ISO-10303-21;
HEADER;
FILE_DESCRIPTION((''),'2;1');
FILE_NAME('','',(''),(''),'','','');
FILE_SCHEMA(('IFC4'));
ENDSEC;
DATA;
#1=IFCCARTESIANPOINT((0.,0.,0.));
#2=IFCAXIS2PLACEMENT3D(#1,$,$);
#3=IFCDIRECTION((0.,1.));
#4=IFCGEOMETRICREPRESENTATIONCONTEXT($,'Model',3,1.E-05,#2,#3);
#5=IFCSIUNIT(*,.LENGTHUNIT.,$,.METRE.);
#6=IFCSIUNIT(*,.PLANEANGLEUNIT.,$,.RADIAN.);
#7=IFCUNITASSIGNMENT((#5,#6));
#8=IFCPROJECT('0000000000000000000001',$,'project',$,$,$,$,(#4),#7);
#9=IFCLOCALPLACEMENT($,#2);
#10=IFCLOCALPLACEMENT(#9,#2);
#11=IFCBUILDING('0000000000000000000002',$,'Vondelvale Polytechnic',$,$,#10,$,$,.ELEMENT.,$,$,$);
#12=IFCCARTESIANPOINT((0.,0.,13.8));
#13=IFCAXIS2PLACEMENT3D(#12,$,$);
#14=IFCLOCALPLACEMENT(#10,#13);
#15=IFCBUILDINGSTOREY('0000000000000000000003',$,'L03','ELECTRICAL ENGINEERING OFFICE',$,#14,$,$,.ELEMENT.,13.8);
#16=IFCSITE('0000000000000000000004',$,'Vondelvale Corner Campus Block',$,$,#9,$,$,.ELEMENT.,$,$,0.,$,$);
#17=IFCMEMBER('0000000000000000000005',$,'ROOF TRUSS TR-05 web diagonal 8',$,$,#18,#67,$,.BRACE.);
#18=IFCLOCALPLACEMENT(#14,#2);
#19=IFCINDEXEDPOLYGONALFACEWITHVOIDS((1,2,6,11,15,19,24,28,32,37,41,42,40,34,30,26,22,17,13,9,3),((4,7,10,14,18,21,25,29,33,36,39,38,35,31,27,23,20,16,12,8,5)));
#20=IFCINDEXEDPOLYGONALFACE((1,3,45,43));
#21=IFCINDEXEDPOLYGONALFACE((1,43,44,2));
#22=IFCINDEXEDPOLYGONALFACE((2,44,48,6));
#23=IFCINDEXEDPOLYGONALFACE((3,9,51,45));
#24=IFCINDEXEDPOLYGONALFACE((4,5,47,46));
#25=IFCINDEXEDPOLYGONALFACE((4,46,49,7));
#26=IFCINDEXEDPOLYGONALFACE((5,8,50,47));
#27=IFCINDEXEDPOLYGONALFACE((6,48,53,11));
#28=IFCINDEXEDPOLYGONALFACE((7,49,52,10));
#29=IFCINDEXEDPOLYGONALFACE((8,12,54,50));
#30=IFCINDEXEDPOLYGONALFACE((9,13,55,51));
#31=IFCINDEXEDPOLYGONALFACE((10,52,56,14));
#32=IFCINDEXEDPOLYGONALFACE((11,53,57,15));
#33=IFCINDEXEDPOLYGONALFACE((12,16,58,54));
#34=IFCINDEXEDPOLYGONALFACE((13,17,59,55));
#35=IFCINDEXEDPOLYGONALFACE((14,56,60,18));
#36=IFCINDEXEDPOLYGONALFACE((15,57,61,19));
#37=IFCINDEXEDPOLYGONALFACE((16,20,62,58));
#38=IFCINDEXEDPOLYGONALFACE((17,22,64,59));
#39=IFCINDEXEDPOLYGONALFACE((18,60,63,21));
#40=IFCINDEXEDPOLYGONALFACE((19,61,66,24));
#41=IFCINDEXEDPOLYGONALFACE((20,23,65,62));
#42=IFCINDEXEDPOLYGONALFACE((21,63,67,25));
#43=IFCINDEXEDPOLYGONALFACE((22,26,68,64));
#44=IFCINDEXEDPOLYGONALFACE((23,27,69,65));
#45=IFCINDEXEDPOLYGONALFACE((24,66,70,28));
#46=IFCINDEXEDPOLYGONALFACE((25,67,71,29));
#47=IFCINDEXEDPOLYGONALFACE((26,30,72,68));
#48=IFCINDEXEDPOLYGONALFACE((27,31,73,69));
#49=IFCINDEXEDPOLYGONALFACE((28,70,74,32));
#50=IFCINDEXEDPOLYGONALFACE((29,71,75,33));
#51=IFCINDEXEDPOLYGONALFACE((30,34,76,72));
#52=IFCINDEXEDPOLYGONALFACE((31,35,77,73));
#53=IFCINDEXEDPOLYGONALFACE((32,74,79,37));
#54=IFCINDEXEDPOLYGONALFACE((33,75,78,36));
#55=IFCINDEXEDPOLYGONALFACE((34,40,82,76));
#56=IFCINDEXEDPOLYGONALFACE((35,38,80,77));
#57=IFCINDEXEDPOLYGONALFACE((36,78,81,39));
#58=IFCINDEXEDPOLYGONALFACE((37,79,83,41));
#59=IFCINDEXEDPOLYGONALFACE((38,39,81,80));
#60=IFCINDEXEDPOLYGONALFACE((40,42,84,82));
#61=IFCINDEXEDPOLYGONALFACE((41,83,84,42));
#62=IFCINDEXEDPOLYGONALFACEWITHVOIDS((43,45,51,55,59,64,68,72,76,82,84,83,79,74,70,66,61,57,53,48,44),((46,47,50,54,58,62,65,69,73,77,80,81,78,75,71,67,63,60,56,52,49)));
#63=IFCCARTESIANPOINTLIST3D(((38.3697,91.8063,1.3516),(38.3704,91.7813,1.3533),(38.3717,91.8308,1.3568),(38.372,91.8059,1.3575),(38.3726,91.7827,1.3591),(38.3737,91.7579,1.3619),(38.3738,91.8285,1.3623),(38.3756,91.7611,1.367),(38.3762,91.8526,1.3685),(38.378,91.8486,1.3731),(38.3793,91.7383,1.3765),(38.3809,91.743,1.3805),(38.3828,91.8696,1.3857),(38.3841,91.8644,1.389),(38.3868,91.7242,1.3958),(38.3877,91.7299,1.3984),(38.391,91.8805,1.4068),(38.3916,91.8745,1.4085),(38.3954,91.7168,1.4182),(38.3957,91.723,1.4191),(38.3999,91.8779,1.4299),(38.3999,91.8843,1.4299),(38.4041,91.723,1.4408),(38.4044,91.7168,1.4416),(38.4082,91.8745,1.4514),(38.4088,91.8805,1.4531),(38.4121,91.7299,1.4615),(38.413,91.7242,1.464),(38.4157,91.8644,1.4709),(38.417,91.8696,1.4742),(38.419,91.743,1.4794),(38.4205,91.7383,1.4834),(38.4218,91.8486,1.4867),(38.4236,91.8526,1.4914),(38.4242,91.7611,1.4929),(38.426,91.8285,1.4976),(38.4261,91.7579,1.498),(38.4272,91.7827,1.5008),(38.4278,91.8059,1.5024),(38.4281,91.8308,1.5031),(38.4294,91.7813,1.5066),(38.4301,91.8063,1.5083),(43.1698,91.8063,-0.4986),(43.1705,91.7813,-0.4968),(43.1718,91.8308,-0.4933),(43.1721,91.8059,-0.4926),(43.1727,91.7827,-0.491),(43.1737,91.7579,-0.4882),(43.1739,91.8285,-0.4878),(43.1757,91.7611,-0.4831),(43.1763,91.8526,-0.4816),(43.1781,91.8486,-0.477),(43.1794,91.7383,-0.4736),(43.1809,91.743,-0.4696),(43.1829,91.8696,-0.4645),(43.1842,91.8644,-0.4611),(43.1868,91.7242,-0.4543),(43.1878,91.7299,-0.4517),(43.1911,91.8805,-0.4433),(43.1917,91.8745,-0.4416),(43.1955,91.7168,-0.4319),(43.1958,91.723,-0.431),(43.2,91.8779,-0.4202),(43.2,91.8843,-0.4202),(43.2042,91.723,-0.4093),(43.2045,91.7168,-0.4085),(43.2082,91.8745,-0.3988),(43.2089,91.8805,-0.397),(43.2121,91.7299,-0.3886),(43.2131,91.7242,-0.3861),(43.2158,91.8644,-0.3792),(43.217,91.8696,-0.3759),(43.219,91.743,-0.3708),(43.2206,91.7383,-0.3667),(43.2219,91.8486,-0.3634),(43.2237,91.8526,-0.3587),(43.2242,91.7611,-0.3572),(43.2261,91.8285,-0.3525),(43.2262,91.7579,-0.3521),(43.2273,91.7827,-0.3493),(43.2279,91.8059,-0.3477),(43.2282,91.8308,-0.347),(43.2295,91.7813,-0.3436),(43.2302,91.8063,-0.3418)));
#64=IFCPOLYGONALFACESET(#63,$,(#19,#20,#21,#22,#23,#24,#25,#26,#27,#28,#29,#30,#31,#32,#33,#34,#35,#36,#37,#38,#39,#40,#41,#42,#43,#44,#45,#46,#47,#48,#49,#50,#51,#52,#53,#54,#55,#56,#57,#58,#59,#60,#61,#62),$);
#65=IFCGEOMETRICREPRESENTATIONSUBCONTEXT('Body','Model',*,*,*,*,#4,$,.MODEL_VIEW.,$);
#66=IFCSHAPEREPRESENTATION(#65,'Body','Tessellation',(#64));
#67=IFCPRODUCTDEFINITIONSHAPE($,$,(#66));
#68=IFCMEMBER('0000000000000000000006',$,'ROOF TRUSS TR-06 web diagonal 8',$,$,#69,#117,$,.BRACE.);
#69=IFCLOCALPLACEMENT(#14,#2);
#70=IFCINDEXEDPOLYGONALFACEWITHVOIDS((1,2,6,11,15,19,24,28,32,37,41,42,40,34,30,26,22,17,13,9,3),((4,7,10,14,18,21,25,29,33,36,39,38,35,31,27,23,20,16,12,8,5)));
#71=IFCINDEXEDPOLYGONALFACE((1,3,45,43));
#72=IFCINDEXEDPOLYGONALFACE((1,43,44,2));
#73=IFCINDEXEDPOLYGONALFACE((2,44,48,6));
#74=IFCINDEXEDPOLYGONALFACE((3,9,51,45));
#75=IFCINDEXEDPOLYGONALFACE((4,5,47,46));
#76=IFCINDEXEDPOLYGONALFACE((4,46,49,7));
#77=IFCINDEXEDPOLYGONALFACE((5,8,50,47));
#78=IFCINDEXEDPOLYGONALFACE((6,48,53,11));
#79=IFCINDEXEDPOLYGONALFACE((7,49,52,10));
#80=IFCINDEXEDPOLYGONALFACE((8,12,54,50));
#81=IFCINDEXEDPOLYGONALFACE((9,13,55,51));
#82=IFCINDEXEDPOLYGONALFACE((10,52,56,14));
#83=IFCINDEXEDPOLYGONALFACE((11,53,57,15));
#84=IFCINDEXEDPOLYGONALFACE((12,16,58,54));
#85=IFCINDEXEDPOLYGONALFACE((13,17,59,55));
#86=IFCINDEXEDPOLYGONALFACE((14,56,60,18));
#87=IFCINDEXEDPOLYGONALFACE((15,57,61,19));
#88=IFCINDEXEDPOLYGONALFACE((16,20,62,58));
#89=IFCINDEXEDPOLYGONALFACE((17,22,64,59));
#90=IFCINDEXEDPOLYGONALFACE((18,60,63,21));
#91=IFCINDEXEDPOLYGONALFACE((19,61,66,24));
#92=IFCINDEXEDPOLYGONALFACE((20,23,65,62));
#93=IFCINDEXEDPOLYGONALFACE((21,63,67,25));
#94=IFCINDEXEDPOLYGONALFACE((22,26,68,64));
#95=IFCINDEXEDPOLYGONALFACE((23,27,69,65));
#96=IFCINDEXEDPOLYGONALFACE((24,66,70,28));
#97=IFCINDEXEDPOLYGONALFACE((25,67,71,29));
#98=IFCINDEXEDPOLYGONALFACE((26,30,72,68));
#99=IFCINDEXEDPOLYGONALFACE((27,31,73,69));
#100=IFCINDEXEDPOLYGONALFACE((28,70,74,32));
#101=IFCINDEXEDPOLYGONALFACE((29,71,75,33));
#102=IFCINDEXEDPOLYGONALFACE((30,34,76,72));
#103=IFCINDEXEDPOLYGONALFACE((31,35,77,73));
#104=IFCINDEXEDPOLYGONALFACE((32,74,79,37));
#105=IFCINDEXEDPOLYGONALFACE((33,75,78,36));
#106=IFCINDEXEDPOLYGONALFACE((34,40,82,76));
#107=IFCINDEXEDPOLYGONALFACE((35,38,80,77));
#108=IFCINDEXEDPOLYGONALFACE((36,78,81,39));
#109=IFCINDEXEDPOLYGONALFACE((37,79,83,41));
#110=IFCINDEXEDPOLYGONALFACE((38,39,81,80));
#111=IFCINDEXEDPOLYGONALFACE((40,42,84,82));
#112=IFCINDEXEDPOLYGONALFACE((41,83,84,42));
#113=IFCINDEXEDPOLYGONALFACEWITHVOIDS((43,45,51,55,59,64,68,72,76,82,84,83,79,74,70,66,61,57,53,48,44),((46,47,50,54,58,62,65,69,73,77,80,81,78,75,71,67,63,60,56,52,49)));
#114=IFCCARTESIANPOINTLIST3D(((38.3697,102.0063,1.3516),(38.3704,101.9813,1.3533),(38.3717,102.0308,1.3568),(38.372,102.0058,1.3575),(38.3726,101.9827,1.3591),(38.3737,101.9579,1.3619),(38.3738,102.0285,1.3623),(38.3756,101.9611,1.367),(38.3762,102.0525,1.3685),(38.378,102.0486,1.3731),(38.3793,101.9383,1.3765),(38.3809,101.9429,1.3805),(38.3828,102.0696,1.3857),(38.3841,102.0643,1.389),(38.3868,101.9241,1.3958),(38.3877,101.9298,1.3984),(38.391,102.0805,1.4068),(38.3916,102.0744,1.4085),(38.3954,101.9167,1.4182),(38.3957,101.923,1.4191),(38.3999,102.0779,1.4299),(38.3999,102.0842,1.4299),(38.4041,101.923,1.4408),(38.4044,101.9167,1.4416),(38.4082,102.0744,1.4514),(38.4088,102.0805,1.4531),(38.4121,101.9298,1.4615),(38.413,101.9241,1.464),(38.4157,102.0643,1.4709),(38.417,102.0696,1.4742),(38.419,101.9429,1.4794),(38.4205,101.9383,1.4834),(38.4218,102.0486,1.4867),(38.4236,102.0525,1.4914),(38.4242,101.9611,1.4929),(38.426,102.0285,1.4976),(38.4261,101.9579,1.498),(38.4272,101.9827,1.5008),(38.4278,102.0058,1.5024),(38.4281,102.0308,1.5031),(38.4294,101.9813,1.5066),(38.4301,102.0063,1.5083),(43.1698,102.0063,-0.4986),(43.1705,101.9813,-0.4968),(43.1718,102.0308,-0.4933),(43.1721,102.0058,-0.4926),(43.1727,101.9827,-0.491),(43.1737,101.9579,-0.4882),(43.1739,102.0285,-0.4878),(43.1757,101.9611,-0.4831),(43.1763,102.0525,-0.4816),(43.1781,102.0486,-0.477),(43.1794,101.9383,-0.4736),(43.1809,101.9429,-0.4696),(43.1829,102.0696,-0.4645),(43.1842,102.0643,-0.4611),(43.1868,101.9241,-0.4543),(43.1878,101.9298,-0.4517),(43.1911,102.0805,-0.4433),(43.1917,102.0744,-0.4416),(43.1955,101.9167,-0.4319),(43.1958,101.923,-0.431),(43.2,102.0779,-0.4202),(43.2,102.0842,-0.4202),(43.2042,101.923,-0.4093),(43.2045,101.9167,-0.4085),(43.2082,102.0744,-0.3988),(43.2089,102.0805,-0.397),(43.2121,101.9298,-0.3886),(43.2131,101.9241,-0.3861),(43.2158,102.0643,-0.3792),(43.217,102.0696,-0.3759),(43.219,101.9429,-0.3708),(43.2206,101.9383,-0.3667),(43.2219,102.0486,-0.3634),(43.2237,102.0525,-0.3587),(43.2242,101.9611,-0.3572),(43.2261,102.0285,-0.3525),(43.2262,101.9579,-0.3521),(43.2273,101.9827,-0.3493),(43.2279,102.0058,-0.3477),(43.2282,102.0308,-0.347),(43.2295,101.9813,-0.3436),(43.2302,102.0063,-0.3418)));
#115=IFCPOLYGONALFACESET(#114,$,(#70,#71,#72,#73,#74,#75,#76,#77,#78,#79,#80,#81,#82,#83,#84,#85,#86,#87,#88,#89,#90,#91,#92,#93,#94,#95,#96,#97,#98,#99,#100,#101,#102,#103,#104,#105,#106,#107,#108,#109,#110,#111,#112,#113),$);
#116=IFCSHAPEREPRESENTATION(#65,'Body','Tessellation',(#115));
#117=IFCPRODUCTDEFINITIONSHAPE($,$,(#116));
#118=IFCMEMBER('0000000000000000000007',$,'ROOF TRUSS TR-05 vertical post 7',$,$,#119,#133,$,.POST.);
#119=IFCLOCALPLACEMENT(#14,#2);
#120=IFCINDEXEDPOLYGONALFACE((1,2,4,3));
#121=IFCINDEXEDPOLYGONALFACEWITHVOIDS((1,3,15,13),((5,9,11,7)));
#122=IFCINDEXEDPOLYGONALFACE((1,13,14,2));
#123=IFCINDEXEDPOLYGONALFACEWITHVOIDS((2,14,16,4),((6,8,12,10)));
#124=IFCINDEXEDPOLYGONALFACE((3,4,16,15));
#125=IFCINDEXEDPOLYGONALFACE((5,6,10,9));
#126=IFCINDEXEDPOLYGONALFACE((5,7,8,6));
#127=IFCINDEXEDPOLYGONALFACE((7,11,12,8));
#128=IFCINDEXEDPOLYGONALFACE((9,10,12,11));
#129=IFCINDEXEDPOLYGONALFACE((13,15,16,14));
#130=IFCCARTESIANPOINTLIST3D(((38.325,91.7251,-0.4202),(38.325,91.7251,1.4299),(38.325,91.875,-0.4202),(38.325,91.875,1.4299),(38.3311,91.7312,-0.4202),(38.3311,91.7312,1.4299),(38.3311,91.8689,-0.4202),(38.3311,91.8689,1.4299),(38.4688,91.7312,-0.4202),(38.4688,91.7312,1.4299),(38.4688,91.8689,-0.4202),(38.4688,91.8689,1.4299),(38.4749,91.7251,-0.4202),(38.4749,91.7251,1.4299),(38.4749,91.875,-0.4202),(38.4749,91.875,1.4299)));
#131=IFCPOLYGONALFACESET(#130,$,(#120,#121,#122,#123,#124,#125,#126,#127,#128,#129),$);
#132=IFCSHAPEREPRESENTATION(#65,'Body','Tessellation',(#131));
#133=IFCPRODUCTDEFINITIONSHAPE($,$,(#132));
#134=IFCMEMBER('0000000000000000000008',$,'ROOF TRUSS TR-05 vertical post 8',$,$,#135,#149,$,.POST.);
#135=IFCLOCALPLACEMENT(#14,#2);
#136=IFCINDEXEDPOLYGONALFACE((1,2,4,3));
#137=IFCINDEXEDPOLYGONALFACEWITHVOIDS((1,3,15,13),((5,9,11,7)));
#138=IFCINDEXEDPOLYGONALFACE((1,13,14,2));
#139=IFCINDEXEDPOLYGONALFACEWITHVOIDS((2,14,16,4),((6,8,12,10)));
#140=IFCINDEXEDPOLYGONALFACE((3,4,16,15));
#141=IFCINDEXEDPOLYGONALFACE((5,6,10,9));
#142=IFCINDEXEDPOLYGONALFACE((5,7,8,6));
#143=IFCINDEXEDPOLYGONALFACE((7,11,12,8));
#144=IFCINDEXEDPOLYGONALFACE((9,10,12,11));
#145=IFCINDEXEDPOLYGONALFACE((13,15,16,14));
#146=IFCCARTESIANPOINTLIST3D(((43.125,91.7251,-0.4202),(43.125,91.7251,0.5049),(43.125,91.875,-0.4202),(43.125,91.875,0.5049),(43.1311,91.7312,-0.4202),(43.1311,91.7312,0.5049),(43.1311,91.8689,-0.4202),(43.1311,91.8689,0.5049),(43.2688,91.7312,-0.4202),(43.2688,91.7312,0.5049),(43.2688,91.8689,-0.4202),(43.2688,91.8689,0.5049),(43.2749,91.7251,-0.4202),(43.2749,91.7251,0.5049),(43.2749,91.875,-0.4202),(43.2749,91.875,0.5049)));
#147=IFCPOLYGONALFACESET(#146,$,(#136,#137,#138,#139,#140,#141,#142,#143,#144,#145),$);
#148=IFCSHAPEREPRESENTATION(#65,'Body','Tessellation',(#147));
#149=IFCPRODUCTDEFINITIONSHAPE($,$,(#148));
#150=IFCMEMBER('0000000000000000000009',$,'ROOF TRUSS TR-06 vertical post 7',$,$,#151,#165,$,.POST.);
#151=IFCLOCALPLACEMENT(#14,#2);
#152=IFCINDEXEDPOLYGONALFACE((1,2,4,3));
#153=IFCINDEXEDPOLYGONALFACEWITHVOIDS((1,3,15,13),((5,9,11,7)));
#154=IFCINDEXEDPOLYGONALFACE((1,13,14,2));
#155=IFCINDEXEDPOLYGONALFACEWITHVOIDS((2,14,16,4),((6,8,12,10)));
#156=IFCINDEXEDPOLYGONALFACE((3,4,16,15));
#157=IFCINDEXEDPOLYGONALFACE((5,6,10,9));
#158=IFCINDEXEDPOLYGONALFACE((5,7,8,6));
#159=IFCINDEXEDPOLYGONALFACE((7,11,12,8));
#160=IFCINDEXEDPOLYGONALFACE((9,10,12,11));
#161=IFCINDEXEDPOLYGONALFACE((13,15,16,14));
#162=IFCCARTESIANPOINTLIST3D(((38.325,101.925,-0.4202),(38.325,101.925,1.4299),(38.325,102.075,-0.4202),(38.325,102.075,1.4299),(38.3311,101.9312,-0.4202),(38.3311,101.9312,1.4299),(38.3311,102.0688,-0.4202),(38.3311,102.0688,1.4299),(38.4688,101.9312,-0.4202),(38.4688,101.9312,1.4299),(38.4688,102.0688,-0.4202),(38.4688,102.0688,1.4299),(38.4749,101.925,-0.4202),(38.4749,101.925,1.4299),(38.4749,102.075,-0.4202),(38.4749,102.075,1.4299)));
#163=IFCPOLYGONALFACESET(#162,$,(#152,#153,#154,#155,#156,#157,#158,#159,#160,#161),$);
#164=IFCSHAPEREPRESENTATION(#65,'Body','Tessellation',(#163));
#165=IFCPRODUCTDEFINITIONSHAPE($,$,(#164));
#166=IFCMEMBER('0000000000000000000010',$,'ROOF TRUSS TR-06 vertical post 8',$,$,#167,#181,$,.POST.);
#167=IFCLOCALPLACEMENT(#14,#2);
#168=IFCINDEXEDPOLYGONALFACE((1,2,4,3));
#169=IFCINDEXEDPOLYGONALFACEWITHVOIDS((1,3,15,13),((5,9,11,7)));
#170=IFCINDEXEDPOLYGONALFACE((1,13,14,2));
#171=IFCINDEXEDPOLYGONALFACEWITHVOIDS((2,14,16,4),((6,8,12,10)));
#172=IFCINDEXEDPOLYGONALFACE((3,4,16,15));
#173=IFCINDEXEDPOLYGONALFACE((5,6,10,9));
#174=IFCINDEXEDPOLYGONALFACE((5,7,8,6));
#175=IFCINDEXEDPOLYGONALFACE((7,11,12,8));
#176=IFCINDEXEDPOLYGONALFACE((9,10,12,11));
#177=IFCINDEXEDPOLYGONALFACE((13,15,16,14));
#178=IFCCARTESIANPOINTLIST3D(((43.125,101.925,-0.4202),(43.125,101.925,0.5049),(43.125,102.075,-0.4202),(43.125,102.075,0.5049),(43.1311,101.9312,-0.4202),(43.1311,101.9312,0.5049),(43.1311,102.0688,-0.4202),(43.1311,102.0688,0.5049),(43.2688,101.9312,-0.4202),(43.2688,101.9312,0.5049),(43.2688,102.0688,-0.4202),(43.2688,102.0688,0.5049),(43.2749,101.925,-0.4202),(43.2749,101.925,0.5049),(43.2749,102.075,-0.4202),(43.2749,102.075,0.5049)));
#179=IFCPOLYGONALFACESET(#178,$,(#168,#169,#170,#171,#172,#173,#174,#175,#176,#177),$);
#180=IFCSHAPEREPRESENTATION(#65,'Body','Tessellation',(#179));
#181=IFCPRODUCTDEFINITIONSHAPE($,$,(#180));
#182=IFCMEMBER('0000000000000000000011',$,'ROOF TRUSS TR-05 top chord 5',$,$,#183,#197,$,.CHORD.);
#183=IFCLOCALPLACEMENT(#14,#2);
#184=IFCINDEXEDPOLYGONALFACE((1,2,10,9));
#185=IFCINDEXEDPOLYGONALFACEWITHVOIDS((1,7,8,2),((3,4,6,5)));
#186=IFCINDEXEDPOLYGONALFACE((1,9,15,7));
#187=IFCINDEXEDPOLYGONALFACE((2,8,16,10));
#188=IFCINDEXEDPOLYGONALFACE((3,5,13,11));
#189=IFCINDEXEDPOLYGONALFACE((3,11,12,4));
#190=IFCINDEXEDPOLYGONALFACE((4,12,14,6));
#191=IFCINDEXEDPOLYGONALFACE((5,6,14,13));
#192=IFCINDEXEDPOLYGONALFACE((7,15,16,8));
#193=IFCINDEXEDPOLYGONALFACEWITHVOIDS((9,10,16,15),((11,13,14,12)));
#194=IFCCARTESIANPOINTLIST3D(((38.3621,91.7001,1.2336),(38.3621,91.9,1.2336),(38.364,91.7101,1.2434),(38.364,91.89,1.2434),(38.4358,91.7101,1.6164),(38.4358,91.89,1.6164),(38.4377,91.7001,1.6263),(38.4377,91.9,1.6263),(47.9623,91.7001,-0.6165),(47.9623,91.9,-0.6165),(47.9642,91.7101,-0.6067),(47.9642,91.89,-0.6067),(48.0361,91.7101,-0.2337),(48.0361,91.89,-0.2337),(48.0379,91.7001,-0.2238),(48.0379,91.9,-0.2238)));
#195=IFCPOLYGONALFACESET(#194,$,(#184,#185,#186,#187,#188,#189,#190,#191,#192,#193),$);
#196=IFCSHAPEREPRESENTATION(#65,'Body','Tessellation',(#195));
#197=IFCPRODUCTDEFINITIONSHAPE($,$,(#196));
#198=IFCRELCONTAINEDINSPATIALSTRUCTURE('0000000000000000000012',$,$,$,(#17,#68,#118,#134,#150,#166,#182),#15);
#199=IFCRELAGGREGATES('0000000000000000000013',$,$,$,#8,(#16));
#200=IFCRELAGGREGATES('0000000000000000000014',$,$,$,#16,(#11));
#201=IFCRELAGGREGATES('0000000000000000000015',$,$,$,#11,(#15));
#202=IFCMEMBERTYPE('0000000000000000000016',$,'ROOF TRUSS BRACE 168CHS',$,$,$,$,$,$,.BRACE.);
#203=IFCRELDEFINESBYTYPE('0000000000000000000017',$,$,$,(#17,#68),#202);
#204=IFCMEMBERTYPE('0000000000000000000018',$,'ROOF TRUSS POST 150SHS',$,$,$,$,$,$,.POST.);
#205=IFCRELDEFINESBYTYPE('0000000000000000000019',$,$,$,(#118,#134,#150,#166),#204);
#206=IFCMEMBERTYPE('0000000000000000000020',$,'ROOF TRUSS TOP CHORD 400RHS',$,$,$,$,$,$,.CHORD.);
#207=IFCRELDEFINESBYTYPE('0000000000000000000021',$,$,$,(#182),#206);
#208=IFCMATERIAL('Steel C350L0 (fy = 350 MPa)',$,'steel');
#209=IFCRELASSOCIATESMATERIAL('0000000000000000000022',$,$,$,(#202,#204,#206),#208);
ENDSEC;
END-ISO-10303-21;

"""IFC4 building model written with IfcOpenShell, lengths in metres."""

from ifc_helpers import new_model, si_unit, direction, frame, origin, origin_2d, place, context, subcontext, project, spatial, hollow_rectangle, hollow_circle, extrude, material, material_profile, profile_set, type_object, element, save


model = new_model("IFC4")

# Units and contexts
model_context = context("Model", 3, precision=1e-05, world=origin(), true_north=direction((0.0, 1.0)))
body_context = subcontext(model_context, "Body", "Model", "MODEL_VIEW")
ifc_project = project(units=[si_unit("LENGTHUNIT", "METRE"), si_unit("PLANEANGLEUNIT", "RADIAN")], contexts=[model_context])

# Site, building, storey
site_placement = place(None, origin())
site = spatial("IfcSite", under=ifc_project, at=site_placement, Name="Vondelvale Corner Campus Block", CompositionType="ELEMENT", RefElevation=0.0)
building_placement = place(site_placement, origin())
building = spatial("IfcBuilding", under=site, at=building_placement, Name="Vondelvale Polytechnic", CompositionType="ELEMENT")
storey_placement = place(building_placement, frame((0.0, 0.0, 13.8)))
storey = spatial("IfcBuildingStorey", under=building, at=storey_placement, Name="L03", Description="ELECTRICAL ENGINEERING OFFICE", CompositionType="ELEMENT", Elevation=13.8)

# Members
ifc_material_1 = material(Name="Steel C350L0 (fy = 350 MPa)", Category="steel")
ifc_material_profile_1 = material_profile(ifc_material_1, hollow_circle(Radius=0.0842, WallThickness=0.0063, at=origin_2d()), Name="168.3x6.4CHS")
ifc_profile_set_1 = profile_set([ifc_material_profile_1], Name="Steel C350L0 (fy = 350 MPa)")
member_type_1 = type_object("IfcMemberType", Name="ROOF TRUSS BRACE 168CHS", PredefinedType="BRACE", material=ifc_profile_set_1)
for number, where, z_axis, x_axis, name in (
    (1, (38.3999, 91.8, 1.4299), (0.93309, 0.0, -0.359644), (0.0, 1.0, 0.0), "ROOF TRUSS TR-05 web diagonal 8"),
    (2, (38.3999, 102.0, 1.4299), (0.93309, 0.0, -0.359644), (0.0, 1.0, 0.0), "ROOF TRUSS TR-06 web diagonal 8"),
):
    element("IfcMember", number, at=place(storey_placement, frame(where, z_axis=z_axis, x_axis=x_axis)), inside=storey, type_object=member_type_1, Name=name, PredefinedType="BRACE", context=body_context, shape_type="SweptSolid", body=[
        extrude(hollow_circle(Radius=0.0842, WallThickness=0.0063, at=origin_2d()), origin(), (0.0, 0.0, 1.0), 5.1443),
    ])
ifc_material_profile_2 = material_profile(ifc_material_1, hollow_rectangle(XDim=0.1499, YDim=0.1499, WallThickness=0.0061, at=origin_2d()), Name="150x150x6.0SHS")
ifc_profile_set_2 = profile_set([ifc_material_profile_2], Name="Steel C350L0 (fy = 350 MPa)")
member_type_2 = type_object("IfcMemberType", Name="ROOF TRUSS POST 150SHS", PredefinedType="POST", material=ifc_profile_set_2)
member_1_placement = place(storey_placement, frame((38.3999, 91.8, -0.4202), z_axis=(0.0, 0.0, 1.0), x_axis=(1.0, 0.0, 0.0)))
element("IfcMember", 3, at=member_1_placement, inside=storey, type_object=member_type_2, Name="ROOF TRUSS TR-05 vertical post 7", PredefinedType="POST", context=body_context, shape_type="SweptSolid", body=[
    extrude(hollow_rectangle(XDim=0.1499, YDim=0.1499, WallThickness=0.0061, at=origin_2d()), origin(), (0.0, 0.0, 1.0), 1.8501),
])
member_2_placement = place(storey_placement, frame((43.2, 91.8, -0.4202), z_axis=(0.0, 0.0, 1.0), x_axis=(1.0, 0.0, 0.0)))
element("IfcMember", 4, at=member_2_placement, inside=storey, type_object=member_type_2, Name="ROOF TRUSS TR-05 vertical post 8", PredefinedType="POST", context=body_context, shape_type="SweptSolid", body=[
    extrude(hollow_rectangle(XDim=0.1499, YDim=0.1499, WallThickness=0.0061, at=origin_2d()), origin(), (0.0, 0.0, 1.0), 0.925),
])
member_3_placement = place(storey_placement, frame((38.3999, 102.0, -0.4202), z_axis=(0.0, 0.0, 1.0), x_axis=(1.0, 0.0, 0.0)))
element("IfcMember", 5, at=member_3_placement, inside=storey, type_object=member_type_2, Name="ROOF TRUSS TR-06 vertical post 7", PredefinedType="POST", context=body_context, shape_type="SweptSolid", body=[
    extrude(hollow_rectangle(XDim=0.1499, YDim=0.1499, WallThickness=0.0061, at=origin_2d()), origin(), (0.0, 0.0, 1.0), 1.8501),
])
member_4_placement = place(storey_placement, frame((43.2, 102.0, -0.4202), z_axis=(0.0, 0.0, 1.0), x_axis=(1.0, 0.0, 0.0)))
element("IfcMember", 6, at=member_4_placement, inside=storey, type_object=member_type_2, Name="ROOF TRUSS TR-06 vertical post 8", PredefinedType="POST", context=body_context, shape_type="SweptSolid", body=[
    extrude(hollow_rectangle(XDim=0.1499, YDim=0.1499, WallThickness=0.0061, at=origin_2d()), origin(), (0.0, 0.0, 1.0), 0.925),
])
ifc_material_profile_3 = material_profile(ifc_material_1, hollow_rectangle(XDim=0.2, YDim=0.3999, WallThickness=0.01, at=origin_2d()), Name="400x200x10.0RHS")
ifc_profile_set_3 = profile_set([ifc_material_profile_3], Name="Steel C350L0 (fy = 350 MPa)")
member_type_3 = type_object("IfcMemberType", Name="ROOF TRUSS TOP CHORD 400RHS", PredefinedType="CHORD", material=ifc_profile_set_3)
member_5_placement = place(storey_placement, frame((38.3999, 91.8, 1.4299), z_axis=(0.981932, 0.0, -0.189235), x_axis=(0.0, 1.0, 0.0)))
element("IfcMember", 7, at=member_5_placement, inside=storey, type_object=member_type_3, Name="ROOF TRUSS TR-05 top chord 5", PredefinedType="CHORD", context=body_context, shape_type="SweptSolid", body=[
    extrude(hollow_rectangle(XDim=0.2, YDim=0.3999, WallThickness=0.01, at=origin_2d()), origin(), (0.0, 0.0, 1.0), 9.7769),
])

save(model, "model.ifc")
